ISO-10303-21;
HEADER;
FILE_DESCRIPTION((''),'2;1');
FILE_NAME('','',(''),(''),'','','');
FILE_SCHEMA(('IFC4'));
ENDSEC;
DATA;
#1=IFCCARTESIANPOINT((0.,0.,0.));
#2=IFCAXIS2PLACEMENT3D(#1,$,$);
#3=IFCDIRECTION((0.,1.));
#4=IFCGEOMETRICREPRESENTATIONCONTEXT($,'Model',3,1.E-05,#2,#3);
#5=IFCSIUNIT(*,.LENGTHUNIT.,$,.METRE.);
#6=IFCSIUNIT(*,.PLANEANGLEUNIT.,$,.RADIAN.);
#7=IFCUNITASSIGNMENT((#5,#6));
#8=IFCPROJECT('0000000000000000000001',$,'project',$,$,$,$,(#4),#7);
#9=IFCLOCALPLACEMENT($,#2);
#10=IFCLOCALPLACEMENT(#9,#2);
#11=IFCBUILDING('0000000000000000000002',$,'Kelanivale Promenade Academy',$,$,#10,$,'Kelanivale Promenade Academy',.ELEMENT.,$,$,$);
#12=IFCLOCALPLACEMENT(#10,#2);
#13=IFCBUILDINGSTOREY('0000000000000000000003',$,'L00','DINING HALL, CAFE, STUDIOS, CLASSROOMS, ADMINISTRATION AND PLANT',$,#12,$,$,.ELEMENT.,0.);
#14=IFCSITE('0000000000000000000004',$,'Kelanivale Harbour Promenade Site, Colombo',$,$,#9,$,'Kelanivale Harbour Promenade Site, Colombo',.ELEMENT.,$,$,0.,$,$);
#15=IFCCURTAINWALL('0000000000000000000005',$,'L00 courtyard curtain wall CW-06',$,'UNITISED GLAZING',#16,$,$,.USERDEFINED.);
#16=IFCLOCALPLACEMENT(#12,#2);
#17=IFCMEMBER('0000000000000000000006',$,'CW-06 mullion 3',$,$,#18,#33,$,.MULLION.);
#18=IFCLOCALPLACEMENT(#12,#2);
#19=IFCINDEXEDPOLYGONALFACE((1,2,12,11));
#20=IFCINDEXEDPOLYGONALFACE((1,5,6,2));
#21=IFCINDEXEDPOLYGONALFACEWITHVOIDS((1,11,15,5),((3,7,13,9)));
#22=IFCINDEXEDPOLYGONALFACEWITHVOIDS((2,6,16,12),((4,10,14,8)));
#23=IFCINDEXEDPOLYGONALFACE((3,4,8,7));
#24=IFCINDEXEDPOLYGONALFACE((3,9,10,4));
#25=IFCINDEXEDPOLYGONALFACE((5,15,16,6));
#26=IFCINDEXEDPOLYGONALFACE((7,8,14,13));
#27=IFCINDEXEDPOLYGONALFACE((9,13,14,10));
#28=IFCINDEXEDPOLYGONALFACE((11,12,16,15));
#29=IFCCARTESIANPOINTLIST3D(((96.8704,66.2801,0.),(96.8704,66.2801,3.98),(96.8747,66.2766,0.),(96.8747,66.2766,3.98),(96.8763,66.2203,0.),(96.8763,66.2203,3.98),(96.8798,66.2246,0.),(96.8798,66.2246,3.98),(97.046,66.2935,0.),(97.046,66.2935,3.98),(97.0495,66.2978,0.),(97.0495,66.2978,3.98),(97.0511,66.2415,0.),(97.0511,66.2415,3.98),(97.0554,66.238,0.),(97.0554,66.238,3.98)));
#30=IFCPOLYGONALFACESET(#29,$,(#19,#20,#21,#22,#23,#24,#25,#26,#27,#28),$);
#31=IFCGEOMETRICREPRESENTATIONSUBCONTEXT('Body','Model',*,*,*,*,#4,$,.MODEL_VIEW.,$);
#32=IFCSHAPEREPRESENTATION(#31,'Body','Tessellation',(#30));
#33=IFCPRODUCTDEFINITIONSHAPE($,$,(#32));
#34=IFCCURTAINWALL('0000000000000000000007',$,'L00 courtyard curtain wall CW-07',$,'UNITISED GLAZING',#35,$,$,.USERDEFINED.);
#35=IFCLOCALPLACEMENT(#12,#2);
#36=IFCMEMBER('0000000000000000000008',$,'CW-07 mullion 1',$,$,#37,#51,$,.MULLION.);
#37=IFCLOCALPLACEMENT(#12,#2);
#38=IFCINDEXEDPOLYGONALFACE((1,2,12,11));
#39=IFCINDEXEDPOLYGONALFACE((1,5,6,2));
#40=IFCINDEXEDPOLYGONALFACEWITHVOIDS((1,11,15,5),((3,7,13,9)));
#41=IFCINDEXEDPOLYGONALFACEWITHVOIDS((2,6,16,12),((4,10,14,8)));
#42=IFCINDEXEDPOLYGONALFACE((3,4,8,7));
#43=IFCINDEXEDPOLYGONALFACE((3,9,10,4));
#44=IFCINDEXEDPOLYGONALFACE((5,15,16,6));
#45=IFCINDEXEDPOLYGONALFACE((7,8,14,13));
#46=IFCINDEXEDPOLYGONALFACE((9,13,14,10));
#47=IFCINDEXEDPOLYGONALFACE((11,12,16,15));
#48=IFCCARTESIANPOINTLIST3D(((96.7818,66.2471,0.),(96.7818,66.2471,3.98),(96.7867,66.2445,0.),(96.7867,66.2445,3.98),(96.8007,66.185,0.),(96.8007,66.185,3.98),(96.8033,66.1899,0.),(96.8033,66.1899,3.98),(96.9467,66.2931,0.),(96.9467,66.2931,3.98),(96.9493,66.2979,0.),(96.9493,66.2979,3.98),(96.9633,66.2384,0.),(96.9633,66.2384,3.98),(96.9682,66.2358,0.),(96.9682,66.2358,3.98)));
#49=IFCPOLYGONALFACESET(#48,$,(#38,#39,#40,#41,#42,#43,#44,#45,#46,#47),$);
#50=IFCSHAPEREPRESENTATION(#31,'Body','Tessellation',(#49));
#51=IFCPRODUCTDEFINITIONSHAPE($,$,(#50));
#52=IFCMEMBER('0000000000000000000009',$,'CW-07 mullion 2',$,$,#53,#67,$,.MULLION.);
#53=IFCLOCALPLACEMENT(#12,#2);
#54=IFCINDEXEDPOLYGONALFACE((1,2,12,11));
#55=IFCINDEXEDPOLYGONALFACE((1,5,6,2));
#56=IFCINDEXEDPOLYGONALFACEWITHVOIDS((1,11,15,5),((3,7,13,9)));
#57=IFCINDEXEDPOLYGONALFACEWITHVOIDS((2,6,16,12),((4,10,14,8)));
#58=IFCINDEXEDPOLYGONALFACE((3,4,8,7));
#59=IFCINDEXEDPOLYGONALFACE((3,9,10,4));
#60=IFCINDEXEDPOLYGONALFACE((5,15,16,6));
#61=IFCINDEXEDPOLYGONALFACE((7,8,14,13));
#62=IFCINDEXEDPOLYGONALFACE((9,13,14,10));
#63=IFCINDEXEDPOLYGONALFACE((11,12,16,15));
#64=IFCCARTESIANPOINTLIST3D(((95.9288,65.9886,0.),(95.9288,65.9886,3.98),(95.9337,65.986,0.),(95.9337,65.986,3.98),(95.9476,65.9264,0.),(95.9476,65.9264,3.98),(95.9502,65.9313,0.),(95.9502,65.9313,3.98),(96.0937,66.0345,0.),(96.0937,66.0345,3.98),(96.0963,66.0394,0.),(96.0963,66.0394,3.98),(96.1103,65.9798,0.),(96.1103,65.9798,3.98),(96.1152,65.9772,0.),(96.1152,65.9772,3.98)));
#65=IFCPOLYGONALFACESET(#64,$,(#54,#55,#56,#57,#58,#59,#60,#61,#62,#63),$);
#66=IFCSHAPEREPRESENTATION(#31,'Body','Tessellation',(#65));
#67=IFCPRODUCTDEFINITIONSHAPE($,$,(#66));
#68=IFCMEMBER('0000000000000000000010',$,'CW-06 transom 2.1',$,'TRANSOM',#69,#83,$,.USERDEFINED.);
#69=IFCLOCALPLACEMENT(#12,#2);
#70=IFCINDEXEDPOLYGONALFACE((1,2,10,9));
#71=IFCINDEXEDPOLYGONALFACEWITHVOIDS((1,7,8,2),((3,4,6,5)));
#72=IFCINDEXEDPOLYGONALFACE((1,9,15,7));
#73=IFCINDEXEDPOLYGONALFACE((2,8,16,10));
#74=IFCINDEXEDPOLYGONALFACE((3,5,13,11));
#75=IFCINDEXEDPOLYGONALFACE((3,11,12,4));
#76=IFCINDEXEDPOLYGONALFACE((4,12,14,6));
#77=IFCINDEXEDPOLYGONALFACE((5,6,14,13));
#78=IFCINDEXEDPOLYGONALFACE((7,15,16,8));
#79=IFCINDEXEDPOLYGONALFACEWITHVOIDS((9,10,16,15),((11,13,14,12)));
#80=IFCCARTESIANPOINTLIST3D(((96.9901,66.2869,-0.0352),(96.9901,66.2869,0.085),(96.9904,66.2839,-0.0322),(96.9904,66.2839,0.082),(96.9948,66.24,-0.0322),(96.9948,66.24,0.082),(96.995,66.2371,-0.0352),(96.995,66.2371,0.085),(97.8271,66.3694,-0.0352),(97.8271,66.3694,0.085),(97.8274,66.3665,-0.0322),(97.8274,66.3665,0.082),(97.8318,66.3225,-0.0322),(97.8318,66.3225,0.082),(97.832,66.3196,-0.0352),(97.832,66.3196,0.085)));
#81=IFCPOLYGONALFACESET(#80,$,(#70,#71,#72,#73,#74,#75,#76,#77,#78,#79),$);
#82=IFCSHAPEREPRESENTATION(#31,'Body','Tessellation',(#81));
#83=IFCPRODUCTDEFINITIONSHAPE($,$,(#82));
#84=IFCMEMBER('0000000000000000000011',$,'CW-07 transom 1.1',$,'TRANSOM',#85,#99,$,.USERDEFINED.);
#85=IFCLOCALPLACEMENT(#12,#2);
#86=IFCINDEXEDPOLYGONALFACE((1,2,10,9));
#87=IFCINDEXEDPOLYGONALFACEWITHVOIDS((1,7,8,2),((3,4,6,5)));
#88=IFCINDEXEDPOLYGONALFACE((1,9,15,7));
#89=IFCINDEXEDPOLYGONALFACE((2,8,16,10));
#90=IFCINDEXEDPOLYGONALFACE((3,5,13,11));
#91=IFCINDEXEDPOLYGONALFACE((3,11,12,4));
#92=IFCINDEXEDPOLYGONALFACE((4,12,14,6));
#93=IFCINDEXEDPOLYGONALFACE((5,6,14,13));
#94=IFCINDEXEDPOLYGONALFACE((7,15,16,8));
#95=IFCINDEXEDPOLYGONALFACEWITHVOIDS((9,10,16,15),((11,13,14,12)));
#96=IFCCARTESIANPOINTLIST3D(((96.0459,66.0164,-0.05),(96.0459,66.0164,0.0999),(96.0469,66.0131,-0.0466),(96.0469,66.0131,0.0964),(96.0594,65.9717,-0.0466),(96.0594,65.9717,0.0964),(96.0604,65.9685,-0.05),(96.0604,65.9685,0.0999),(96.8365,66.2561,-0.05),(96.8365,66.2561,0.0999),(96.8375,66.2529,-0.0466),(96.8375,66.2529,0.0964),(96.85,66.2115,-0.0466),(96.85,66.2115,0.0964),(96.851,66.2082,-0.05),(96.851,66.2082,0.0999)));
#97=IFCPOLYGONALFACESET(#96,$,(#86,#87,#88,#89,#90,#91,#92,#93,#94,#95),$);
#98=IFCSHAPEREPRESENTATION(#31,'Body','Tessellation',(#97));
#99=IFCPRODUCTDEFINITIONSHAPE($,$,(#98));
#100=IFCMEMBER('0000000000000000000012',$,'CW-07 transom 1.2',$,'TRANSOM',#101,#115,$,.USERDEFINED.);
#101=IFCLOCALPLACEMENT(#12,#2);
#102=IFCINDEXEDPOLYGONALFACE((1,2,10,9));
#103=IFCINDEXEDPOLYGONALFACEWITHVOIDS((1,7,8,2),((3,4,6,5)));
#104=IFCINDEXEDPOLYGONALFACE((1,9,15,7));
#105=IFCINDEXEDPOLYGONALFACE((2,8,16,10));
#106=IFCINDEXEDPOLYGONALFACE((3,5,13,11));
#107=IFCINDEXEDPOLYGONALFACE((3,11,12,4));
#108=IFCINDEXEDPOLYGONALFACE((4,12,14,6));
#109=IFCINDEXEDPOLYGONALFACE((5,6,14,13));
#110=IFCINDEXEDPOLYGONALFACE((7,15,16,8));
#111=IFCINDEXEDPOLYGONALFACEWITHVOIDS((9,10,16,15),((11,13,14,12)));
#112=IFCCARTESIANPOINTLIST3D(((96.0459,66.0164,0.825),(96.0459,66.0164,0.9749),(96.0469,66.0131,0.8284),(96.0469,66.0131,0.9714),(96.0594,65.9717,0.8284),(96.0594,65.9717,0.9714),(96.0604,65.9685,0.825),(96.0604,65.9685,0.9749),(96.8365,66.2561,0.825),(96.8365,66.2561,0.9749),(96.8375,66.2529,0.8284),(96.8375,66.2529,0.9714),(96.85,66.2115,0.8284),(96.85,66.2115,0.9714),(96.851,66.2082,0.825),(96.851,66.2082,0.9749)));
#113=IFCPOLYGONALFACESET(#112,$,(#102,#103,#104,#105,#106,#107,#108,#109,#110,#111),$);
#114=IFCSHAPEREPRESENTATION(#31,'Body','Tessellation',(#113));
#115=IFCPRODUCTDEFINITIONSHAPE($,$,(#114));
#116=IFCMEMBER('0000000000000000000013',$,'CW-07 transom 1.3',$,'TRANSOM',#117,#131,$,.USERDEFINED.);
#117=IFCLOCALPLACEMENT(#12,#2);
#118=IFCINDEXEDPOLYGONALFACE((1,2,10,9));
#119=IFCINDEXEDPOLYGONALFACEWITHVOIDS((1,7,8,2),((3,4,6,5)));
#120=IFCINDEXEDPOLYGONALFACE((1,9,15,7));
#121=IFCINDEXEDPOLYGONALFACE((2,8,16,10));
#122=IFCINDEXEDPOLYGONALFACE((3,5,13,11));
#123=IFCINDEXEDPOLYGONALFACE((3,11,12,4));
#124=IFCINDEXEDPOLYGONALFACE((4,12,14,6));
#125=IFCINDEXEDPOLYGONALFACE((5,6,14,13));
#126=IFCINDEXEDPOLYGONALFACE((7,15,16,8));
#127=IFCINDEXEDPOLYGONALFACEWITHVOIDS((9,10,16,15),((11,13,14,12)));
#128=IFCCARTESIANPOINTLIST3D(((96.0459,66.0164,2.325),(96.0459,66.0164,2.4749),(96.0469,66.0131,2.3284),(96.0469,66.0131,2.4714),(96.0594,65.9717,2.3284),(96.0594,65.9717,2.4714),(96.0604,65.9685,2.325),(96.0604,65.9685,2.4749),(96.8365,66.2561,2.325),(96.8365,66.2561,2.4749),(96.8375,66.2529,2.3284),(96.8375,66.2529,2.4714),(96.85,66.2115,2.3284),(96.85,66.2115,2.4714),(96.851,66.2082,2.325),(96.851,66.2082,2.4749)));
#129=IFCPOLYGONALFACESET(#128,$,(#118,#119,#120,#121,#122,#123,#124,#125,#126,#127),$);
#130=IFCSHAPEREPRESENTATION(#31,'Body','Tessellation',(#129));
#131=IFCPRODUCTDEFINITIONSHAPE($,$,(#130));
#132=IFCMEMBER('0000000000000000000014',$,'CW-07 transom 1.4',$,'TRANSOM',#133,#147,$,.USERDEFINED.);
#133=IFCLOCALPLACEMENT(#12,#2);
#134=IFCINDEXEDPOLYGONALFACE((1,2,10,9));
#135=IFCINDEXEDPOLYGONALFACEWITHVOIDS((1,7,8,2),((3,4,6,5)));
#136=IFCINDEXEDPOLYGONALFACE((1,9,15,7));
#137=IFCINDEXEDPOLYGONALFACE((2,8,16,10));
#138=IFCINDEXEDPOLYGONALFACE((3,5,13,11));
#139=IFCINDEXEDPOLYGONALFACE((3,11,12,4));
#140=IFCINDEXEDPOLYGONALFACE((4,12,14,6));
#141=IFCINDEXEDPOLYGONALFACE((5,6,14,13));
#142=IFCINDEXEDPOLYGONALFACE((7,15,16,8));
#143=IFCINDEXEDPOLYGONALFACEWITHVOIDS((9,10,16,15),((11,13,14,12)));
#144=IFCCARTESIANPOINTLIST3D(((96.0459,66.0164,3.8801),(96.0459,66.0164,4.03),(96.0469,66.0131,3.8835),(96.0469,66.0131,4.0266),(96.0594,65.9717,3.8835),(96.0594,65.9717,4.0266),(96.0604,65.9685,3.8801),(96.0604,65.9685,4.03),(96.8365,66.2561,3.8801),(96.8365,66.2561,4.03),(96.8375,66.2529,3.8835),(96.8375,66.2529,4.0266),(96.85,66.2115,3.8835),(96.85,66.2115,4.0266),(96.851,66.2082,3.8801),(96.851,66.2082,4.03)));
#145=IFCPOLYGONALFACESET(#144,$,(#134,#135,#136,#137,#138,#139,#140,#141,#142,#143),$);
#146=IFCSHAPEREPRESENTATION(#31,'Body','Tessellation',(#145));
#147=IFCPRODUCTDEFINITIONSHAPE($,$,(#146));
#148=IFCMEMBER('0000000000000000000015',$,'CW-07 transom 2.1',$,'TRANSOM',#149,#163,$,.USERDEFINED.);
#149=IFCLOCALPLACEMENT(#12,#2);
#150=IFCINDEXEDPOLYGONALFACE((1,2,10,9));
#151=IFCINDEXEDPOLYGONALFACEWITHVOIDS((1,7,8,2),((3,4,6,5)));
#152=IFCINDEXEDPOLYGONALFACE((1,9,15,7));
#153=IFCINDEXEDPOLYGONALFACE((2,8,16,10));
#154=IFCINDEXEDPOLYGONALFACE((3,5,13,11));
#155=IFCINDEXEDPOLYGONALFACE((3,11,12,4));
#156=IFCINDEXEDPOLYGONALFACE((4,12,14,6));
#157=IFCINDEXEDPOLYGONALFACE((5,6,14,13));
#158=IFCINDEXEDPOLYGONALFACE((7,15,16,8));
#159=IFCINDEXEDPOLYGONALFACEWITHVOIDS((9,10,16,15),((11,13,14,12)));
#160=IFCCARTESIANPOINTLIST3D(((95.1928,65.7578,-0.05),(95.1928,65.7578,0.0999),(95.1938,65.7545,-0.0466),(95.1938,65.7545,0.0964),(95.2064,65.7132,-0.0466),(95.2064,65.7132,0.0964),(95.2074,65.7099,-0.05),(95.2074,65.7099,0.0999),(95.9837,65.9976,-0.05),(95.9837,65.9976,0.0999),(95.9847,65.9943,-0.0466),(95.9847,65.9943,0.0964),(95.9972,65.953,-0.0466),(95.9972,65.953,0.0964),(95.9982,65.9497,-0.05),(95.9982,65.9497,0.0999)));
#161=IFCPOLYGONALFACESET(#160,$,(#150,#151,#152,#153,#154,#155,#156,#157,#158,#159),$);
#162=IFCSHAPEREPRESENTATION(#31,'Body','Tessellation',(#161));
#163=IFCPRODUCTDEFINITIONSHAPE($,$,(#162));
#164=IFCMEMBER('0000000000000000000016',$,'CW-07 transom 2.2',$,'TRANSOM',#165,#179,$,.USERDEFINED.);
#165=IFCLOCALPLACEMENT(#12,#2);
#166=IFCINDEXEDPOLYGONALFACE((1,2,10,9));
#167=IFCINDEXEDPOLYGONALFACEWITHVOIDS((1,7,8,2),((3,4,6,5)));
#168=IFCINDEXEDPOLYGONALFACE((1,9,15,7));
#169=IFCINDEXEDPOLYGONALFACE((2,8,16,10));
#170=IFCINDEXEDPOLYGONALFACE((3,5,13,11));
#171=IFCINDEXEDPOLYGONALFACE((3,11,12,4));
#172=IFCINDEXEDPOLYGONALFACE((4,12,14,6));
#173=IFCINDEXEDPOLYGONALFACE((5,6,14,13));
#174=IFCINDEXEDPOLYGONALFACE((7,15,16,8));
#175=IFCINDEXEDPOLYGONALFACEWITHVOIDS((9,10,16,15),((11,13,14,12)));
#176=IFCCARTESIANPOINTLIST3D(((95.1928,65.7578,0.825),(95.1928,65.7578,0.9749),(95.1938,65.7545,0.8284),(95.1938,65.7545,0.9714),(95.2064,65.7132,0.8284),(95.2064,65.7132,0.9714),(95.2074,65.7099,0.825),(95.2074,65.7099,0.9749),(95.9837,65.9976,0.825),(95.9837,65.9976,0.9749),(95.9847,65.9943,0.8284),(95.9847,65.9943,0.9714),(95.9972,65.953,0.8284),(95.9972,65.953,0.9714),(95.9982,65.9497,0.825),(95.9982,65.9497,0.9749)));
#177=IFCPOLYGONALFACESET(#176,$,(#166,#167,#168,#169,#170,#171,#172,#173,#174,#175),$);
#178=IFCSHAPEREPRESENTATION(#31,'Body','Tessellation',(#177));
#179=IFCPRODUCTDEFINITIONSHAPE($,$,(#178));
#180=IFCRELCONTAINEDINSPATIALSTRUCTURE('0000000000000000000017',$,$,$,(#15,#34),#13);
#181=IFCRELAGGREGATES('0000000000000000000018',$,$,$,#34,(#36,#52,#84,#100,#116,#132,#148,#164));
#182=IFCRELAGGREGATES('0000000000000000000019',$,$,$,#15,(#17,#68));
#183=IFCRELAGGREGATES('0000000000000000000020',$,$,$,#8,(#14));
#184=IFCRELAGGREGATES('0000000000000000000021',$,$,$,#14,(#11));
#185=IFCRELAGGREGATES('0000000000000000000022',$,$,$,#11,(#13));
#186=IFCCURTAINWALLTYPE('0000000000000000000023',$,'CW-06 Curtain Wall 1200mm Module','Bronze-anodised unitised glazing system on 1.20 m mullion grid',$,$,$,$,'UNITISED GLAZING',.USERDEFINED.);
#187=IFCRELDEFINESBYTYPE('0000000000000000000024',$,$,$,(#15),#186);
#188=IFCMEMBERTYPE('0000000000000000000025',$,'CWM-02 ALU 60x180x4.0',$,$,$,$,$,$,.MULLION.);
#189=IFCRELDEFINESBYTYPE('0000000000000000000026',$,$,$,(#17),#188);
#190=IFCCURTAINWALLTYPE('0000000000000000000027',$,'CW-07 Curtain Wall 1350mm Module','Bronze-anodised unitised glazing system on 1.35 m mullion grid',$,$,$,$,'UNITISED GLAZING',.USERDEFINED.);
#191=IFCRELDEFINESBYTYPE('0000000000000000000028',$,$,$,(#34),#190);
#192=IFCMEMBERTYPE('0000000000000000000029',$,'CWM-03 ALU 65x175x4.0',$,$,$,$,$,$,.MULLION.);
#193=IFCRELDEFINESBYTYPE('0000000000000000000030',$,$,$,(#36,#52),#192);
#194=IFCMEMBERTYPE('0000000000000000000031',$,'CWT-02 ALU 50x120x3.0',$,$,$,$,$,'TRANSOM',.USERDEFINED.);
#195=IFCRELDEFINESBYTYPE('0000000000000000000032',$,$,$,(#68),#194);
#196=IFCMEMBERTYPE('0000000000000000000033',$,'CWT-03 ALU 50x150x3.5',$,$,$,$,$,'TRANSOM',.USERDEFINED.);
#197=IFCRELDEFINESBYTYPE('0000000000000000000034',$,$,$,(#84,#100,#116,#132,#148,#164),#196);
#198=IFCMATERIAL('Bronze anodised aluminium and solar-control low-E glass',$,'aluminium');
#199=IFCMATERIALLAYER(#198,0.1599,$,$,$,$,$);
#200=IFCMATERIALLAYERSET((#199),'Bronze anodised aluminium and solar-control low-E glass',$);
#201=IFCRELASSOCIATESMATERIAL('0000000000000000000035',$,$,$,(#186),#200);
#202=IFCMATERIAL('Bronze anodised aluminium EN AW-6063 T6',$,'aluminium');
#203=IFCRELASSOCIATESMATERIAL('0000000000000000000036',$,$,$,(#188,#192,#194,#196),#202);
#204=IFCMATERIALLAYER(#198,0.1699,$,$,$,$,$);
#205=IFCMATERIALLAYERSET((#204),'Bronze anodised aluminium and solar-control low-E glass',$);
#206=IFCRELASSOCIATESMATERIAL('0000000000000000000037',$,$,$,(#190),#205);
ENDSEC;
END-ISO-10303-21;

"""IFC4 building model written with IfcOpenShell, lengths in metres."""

from ifc_helpers import new_model, si_unit, direction, frame, origin, origin_2d, place, context, subcontext, project, spatial, hollow_rectangle, extrude, material, layer, layer_set, material_profile, profile_set, type_object, element, aggregate, save


model = new_model("IFC4")

# Units and contexts
model_context = context("Model", 3, precision=1e-05, world=origin(), true_north=direction((0.0, 1.0)))
body_context = subcontext(model_context, "Body", "Model", "MODEL_VIEW")
ifc_project = project(units=[si_unit("LENGTHUNIT", "METRE"), si_unit("PLANEANGLEUNIT", "RADIAN")], contexts=[model_context])

# Site, building, storey
site_placement = place(None, origin())
site = spatial("IfcSite", under=ifc_project, at=site_placement, Name="Kelanivale Harbour Promenade Site, Colombo", LongName="Kelanivale Harbour Promenade Site, Colombo", CompositionType="ELEMENT", RefElevation=0.0)
building_placement = place(site_placement, origin())
building = spatial("IfcBuilding", under=site, at=building_placement, Name="Kelanivale Promenade Academy", LongName="Kelanivale Promenade Academy", CompositionType="ELEMENT")
storey_placement = place(building_placement, origin())
storey = spatial("IfcBuildingStorey", under=building, at=storey_placement, Name="L00", Description="DINING HALL, CAFE, STUDIOS, CLASSROOMS, ADMINISTRATION AND PLANT", CompositionType="ELEMENT", Elevation=0.0)

# Curtain wall, member
ifc_material_1 = material(Name="Bronze anodised aluminium and solar-control low-E glass", Category="aluminium")
ifc_layer_1 = layer(ifc_material_1, 0.1599)
ifc_layer_set_1 = layer_set([ifc_layer_1], Name="Bronze anodised aluminium and solar-control low-E glass")
curtain_wall_type_1 = type_object("IfcCurtainWallType", Name="CW-06 Curtain Wall 1200mm Module", Description="Bronze-anodised unitised glazing system on 1.20 m mullion grid", ElementType="UNITISED GLAZING", PredefinedType="USERDEFINED", material=ifc_layer_set_1)
curtain_wall_1_placement = place(storey_placement, origin())
curtain_wall_1 = element("IfcCurtainWall", 1, at=curtain_wall_1_placement, inside=storey, type_object=curtain_wall_type_1, Name="L00 courtyard curtain wall CW-06", ObjectType="UNITISED GLAZING", PredefinedType="USERDEFINED")
ifc_material_2 = material(Name="Bronze anodised aluminium EN AW-6063 T6", Category="aluminium")
ifc_material_profile_1 = material_profile(ifc_material_2, hollow_rectangle(XDim=0.0601, YDim=0.1799, WallThickness=0.0039, at=origin_2d()), Name="ALU 60x180x4.0")
ifc_profile_set_1 = profile_set([ifc_material_profile_1], Name="Bronze anodised aluminium EN AW-6063 T6")
member_type_1 = type_object("IfcMemberType", Name="CWM-02 ALU 60x180x4.0", PredefinedType="MULLION", material=ifc_profile_set_1)
member_1_placement = place(storey_placement, frame((96.9629, 66.259, 0.0), z_axis=(0.0, 0.0, 1.0), x_axis=(0.098281, -0.995159, 0.0)))
member_1 = element("IfcMember", 2, at=member_1_placement, type_object=member_type_1, Name="CW-06 mullion 3", PredefinedType="MULLION", context=body_context, shape_type="SweptSolid", body=[
    extrude(hollow_rectangle(XDim=0.0601, YDim=0.1799, WallThickness=0.0039, at=origin_2d()), origin(), (0.0, 0.0, 1.0), 3.98),
])

# Curtain wall, members
ifc_layer_2 = layer(ifc_material_1, 0.1699)
ifc_layer_set_2 = layer_set([ifc_layer_2], Name="Bronze anodised aluminium and solar-control low-E glass")
curtain_wall_type_2 = type_object("IfcCurtainWallType", Name="CW-07 Curtain Wall 1350mm Module", Description="Bronze-anodised unitised glazing system on 1.35 m mullion grid", ElementType="UNITISED GLAZING", PredefinedType="USERDEFINED", material=ifc_layer_set_2)
curtain_wall_2_placement = place(storey_placement, origin())
curtain_wall_2 = element("IfcCurtainWall", 3, at=curtain_wall_2_placement, inside=storey, type_object=curtain_wall_type_2, Name="L00 courtyard curtain wall CW-07", ObjectType="UNITISED GLAZING", PredefinedType="USERDEFINED")
ifc_material_profile_2 = material_profile(ifc_material_2, hollow_rectangle(XDim=0.0649, YDim=0.175, WallThickness=0.0039, at=origin_2d()), Name="ALU 65x175x4.0")
ifc_profile_set_2 = profile_set([ifc_material_profile_2], Name="Bronze anodised aluminium EN AW-6063 T6")
member_type_2 = type_object("IfcMemberType", Name="CWM-03 ALU 65x175x4.0", PredefinedType="MULLION", material=ifc_profile_set_2)
member_2_placement = place(storey_placement, frame((96.875, 66.2415, 0.0), z_axis=(0.0, 0.0, 1.0), x_axis=(0.290128, -0.956988, 0.0)))
member_2 = element("IfcMember", 4, at=member_2_placement, type_object=member_type_2, Name="CW-07 mullion 1", PredefinedType="MULLION", context=body_context, shape_type="SweptSolid", body=[
    extrude(hollow_rectangle(XDim=0.0649, YDim=0.175, WallThickness=0.0039, at=origin_2d()), origin(), (0.0, 0.0, 1.0), 3.98),
])
member_3_placement = place(storey_placement, frame((96.022, 65.9829, 0.0), z_axis=(0.0, 0.0, 1.0), x_axis=(0.290128, -0.956988, 0.0)))
member_3 = element("IfcMember", 5, at=member_3_placement, type_object=member_type_2, Name="CW-07 mullion 2", PredefinedType="MULLION", context=body_context, shape_type="SweptSolid", body=[
    extrude(hollow_rectangle(XDim=0.0649, YDim=0.175, WallThickness=0.0039, at=origin_2d()), origin(), (0.0, 0.0, 1.0), 3.98),
])

# Members
ifc_material_profile_3 = material_profile(ifc_material_2, hollow_rectangle(XDim=0.05, YDim=0.1201, WallThickness=0.0029, at=origin_2d()), Name="ALU 50x120x3.0")
ifc_profile_set_3 = profile_set([ifc_material_profile_3], Name="Bronze anodised aluminium EN AW-6063 T6")
member_type_3 = type_object("IfcMemberType", Name="CWT-02 ALU 50x120x3.0", ElementType="TRANSOM", PredefinedType="USERDEFINED", material=ifc_profile_set_3)
member_4_placement = place(storey_placement, frame((97.8296, 66.3445, 0.0249), z_axis=(-0.995174, -0.098124, 0.0), x_axis=(0.098124, -0.995174, 0.0)))
member_4 = element("IfcMember", 6, at=member_4_placement, type_object=member_type_3, Name="CW-06 transom 2.1", ObjectType="TRANSOM", PredefinedType="USERDEFINED", context=body_context, shape_type="SweptSolid", body=[
    extrude(hollow_rectangle(XDim=0.05, YDim=0.1201, WallThickness=0.0029, at=origin_2d()), origin(), (0.0, 0.0, 1.0), 0.8411),
])
ifc_material_profile_4 = material_profile(ifc_material_2, hollow_rectangle(XDim=0.05, YDim=0.1499, WallThickness=0.0034, at=origin_2d()), Name="ALU 50x150x3.5")
ifc_profile_set_4 = profile_set([ifc_material_profile_4], Name="Bronze anodised aluminium EN AW-6063 T6")
member_type_4 = type_object("IfcMemberType", Name="CWT-03 ALU 50x150x3.5", ElementType="TRANSOM", PredefinedType="USERDEFINED", material=ifc_profile_set_4)
member_5_placement = place(storey_placement, frame((96.8438, 66.2322, 0.0249), z_axis=(-0.95696, -0.290221, 0.0), x_axis=(0.290221, -0.95696, 0.0)))
member_5 = element("IfcMember", 7, at=member_5_placement, type_object=member_type_4, Name="CW-07 transom 1.1", ObjectType="TRANSOM", PredefinedType="USERDEFINED", context=body_context, shape_type="SweptSolid", body=[
    extrude(hollow_rectangle(XDim=0.05, YDim=0.1499, WallThickness=0.0034, at=origin_2d()), origin(), (0.0, 0.0, 1.0), 0.8262),
])
member_6_placement = place(storey_placement, frame((96.8438, 66.2322, 0.8999), z_axis=(-0.95696, -0.290221, 0.0), x_axis=(0.290221, -0.95696, 0.0)))
member_6 = element("IfcMember", 8, at=member_6_placement, type_object=member_type_4, Name="CW-07 transom 1.2", ObjectType="TRANSOM", PredefinedType="USERDEFINED", context=body_context, shape_type="SweptSolid", body=[
    extrude(hollow_rectangle(XDim=0.05, YDim=0.1499, WallThickness=0.0034, at=origin_2d()), origin(), (0.0, 0.0, 1.0), 0.8262),
])
member_7_placement = place(storey_placement, frame((96.8438, 66.2322, 2.3999), z_axis=(-0.95696, -0.290221, 0.0), x_axis=(0.290221, -0.95696, 0.0)))
member_7 = element("IfcMember", 9, at=member_7_placement, type_object=member_type_4, Name="CW-07 transom 1.3", ObjectType="TRANSOM", PredefinedType="USERDEFINED", context=body_context, shape_type="SweptSolid", body=[
    extrude(hollow_rectangle(XDim=0.05, YDim=0.1499, WallThickness=0.0034, at=origin_2d()), origin(), (0.0, 0.0, 1.0), 0.8262),
])
member_8_placement = place(storey_placement, frame((96.8438, 66.2322, 3.9551), z_axis=(-0.95696, -0.290221, 0.0), x_axis=(0.290221, -0.95696, 0.0)))
member_8 = element("IfcMember", 10, at=member_8_placement, type_object=member_type_4, Name="CW-07 transom 1.4", ObjectType="TRANSOM", PredefinedType="USERDEFINED", context=body_context, shape_type="SweptSolid", body=[
    extrude(hollow_rectangle(XDim=0.05, YDim=0.1499, WallThickness=0.0034, at=origin_2d()), origin(), (0.0, 0.0, 1.0), 0.8262),
])
member_9_placement = place(storey_placement, frame((95.991, 65.9736, 0.0249), z_axis=(-0.956985, -0.290139, 0.0), x_axis=(0.290139, -0.956985, 0.0)))
member_9 = element("IfcMember", 11, at=member_9_placement, type_object=member_type_4, Name="CW-07 transom 2.1", ObjectType="TRANSOM", PredefinedType="USERDEFINED", context=body_context, shape_type="SweptSolid", body=[
    extrude(hollow_rectangle(XDim=0.05, YDim=0.1499, WallThickness=0.0034, at=origin_2d()), origin(), (0.0, 0.0, 1.0), 0.8264),
])
member_10_placement = place(storey_placement, frame((95.991, 65.9736, 0.8999), z_axis=(-0.956985, -0.290139, 0.0), x_axis=(0.290139, -0.956985, 0.0)))
member_10 = element("IfcMember", 12, at=member_10_placement, type_object=member_type_4, Name="CW-07 transom 2.2", ObjectType="TRANSOM", PredefinedType="USERDEFINED", context=body_context, shape_type="SweptSolid", body=[
    extrude(hollow_rectangle(XDim=0.05, YDim=0.1499, WallThickness=0.0034, at=origin_2d()), origin(), (0.0, 0.0, 1.0), 0.8264),
])

aggregate(curtain_wall_2, [member_2, member_3, member_5, member_6, member_7, member_8, member_9, member_10])

aggregate(curtain_wall_1, [member_1, member_4])

save(model, "model.ifc")
